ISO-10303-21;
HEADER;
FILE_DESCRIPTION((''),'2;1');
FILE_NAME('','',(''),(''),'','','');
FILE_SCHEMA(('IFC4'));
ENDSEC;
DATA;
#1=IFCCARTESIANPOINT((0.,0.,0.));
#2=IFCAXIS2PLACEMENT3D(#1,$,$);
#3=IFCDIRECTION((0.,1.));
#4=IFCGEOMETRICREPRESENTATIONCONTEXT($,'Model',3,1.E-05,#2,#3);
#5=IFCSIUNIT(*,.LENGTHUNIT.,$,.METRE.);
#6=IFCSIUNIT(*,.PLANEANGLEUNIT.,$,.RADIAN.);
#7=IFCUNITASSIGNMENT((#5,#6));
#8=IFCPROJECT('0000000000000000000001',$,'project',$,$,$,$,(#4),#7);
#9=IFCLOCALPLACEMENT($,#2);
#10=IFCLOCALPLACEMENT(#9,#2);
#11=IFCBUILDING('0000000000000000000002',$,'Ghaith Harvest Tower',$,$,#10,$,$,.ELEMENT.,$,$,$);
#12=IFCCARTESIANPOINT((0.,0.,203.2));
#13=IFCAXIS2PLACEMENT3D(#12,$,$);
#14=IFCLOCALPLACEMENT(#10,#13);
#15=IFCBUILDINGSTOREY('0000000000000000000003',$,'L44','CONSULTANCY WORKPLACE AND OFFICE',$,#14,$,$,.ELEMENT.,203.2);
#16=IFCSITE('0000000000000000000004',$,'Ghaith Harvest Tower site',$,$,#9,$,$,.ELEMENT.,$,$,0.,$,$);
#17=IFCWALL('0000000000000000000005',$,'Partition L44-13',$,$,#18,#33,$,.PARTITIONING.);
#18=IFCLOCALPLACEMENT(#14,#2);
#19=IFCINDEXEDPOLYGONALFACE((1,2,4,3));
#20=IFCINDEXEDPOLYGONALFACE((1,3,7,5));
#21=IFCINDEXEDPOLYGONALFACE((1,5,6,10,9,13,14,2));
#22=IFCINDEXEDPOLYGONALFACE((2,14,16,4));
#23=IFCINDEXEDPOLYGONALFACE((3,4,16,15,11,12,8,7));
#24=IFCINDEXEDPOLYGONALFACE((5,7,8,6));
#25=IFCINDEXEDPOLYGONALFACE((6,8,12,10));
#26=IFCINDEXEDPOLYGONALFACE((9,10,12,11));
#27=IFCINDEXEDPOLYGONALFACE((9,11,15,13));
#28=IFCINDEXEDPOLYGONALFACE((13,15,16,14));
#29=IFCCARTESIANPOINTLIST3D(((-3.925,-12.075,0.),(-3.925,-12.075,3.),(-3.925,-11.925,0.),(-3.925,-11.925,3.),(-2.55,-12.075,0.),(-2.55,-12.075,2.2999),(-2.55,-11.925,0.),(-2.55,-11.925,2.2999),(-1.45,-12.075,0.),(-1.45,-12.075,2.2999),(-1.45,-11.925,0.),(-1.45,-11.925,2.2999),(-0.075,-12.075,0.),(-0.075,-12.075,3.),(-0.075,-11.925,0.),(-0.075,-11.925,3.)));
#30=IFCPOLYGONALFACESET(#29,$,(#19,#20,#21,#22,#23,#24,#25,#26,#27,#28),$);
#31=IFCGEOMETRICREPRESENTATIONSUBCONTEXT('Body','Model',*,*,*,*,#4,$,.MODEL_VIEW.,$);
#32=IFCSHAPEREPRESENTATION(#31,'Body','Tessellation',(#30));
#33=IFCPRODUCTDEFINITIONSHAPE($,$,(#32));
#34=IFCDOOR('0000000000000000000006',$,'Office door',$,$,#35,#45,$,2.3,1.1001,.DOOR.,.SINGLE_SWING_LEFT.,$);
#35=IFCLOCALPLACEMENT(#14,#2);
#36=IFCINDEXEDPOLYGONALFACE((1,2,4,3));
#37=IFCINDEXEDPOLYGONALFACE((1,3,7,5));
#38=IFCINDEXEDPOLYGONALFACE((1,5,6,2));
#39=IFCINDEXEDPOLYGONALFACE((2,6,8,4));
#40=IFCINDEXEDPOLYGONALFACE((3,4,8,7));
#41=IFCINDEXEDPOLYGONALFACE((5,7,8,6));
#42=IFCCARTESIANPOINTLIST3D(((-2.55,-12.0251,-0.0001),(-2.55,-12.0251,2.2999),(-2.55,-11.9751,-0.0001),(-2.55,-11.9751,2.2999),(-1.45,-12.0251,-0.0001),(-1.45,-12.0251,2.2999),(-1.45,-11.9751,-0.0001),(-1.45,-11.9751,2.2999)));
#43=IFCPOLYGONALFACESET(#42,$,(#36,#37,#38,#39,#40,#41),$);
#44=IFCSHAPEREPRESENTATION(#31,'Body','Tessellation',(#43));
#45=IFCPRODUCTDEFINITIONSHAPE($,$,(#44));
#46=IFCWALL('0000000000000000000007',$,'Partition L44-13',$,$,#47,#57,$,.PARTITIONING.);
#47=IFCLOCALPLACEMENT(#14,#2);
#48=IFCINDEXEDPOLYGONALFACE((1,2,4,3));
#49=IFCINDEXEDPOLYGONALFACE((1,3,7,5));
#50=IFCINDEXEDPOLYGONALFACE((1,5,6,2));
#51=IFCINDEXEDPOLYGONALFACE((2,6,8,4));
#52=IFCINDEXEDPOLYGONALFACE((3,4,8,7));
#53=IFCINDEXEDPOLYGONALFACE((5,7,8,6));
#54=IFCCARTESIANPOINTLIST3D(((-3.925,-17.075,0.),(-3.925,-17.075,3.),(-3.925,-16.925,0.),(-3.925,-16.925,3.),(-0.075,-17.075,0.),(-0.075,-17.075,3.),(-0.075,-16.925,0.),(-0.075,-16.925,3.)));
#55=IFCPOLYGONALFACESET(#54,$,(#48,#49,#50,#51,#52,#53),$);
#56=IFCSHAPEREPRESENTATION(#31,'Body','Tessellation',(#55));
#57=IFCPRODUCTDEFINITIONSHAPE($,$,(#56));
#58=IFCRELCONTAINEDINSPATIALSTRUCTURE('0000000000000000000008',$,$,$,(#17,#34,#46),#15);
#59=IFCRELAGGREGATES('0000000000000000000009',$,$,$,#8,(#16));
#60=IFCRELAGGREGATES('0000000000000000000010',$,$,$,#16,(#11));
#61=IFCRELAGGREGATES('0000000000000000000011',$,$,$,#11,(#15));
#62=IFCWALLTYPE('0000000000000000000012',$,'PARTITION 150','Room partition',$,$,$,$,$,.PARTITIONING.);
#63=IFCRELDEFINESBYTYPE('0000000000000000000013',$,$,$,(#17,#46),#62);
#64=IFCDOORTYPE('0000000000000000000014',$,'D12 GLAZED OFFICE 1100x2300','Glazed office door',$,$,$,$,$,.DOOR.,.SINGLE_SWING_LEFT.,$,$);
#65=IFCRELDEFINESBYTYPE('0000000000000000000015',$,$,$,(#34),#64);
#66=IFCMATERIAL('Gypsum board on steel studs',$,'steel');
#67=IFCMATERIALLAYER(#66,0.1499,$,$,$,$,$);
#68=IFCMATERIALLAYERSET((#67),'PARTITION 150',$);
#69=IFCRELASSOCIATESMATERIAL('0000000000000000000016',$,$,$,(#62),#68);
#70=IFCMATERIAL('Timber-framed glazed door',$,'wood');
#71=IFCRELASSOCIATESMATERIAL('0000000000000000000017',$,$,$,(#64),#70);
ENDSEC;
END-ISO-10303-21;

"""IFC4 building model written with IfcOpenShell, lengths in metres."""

from ifc_helpers import new_model, si_unit, direction, frame, frame_2d, origin, place, context, subcontext, project, spatial, rectangle, extrude, material, layer, layer_set, type_object, element, fill, save


model = new_model("IFC4")

# Units and contexts
model_context = context("Model", 3, precision=1e-05, world=origin(), true_north=direction((0.0, 1.0)))
body_context = subcontext(model_context, "Body", "Model", "MODEL_VIEW")
ifc_project = project(units=[si_unit("LENGTHUNIT", "METRE"), si_unit("PLANEANGLEUNIT", "RADIAN")], contexts=[model_context])

# Site, building, storey
site_placement = place(None, origin())
site = spatial("IfcSite", under=ifc_project, at=site_placement, Name="Ghaith Harvest Tower site", CompositionType="ELEMENT", RefElevation=0.0)
building_placement = place(site_placement, origin())
building = spatial("IfcBuilding", under=site, at=building_placement, Name="Ghaith Harvest Tower", CompositionType="ELEMENT")
storey_placement = place(building_placement, frame((0.0, 0.0, 203.2)))
storey = spatial("IfcBuildingStorey", under=building, at=storey_placement, Name="L44", Description="CONSULTANCY WORKPLACE AND OFFICE", CompositionType="ELEMENT", Elevation=203.2)

# Shared definitions
ifc_material_1 = material(Name="Gypsum board on steel studs", Category="steel")
ifc_layer_1 = layer(ifc_material_1, 0.1499)
ifc_layer_set_1 = layer_set([ifc_layer_1], Name="PARTITION 150")
wall_type = type_object("IfcWallType", Name="PARTITION 150", Description="Room partition", PredefinedType="PARTITIONING", material=ifc_layer_set_1)

# Shared definitions
ifc_material_2 = material(Name="Timber-framed glazed door", Category="wood")
door_type = type_object("IfcDoorType", Name="D12 GLAZED OFFICE 1100x2300", Description="Glazed office door", OperationType="SINGLE_SWING_LEFT", PredefinedType="DOOR", material=ifc_material_2)

# Wall, opening, door
wall_1_placement = place(storey_placement, frame((-3.925, -12.0, 0.0), z_axis=(0.0, 0.0, 1.0), x_axis=(1.0, 0.0, 0.0)))
wall_1 = element("IfcWall", 1, at=wall_1_placement, inside=storey, type_object=wall_type, Name="Partition L44-13", PredefinedType="PARTITIONING", context=body_context, shape_type="SweptSolid", body=[
    extrude(rectangle(XDim=3.8501, YDim=0.1499, at=frame_2d((1.925, 0.0))), origin(), (0.0, 0.0, 1.0), 3.0),
])
opening_1_placement = place(wall_1_placement, frame((1.375, 0.0, 0.0)))
opening_1 = element("IfcOpeningElement", 2, at=opening_1_placement, cuts=wall_1, PredefinedType="OPENING", context=body_context, shape_type="SweptSolid", body=[
    extrude(rectangle(XDim=1.1001, YDim=2.3, at=frame_2d((0.55, 1.1499))), frame((0.0, 0.085, 0.0), z_axis=(0.0, -1.0, 0.0), x_axis=(1.0, 0.0, 0.0)), (0.0, 0.0, 1.0), 0.1699),
])
door_1_placement = place(opening_1_placement, origin())
door_1 = element("IfcDoor", 3, at=door_1_placement, inside=storey, type_object=door_type, Name="Office door", OperationType="SINGLE_SWING_LEFT", OverallHeight=2.3, OverallWidth=1.1001, PredefinedType="DOOR", context=body_context, shape_type="SweptSolid", body=[
    extrude(rectangle(XDim=1.1001, YDim=2.3, at=frame_2d((0.55, 1.1499))), frame((0.0, 0.0249, 0.0), z_axis=(0.0, -1.0, 0.0), x_axis=(1.0, 0.0, 0.0)), (0.0, 0.0, 1.0), 0.05),
])
fill(opening_1, door_1)

# Wall
wall_2_placement = place(storey_placement, frame((-3.925, -17.0, 0.0), z_axis=(0.0, 0.0, 1.0), x_axis=(1.0, 0.0, 0.0)))
element("IfcWall", 4, at=wall_2_placement, inside=storey, type_object=wall_type, Name="Partition L44-13", PredefinedType="PARTITIONING", context=body_context, shape_type="SweptSolid", body=[
    extrude(rectangle(XDim=3.8501, YDim=0.1499, at=frame_2d((1.925, 0.0))), origin(), (0.0, 0.0, 1.0), 3.0),
])

save(model, "model.ifc")
